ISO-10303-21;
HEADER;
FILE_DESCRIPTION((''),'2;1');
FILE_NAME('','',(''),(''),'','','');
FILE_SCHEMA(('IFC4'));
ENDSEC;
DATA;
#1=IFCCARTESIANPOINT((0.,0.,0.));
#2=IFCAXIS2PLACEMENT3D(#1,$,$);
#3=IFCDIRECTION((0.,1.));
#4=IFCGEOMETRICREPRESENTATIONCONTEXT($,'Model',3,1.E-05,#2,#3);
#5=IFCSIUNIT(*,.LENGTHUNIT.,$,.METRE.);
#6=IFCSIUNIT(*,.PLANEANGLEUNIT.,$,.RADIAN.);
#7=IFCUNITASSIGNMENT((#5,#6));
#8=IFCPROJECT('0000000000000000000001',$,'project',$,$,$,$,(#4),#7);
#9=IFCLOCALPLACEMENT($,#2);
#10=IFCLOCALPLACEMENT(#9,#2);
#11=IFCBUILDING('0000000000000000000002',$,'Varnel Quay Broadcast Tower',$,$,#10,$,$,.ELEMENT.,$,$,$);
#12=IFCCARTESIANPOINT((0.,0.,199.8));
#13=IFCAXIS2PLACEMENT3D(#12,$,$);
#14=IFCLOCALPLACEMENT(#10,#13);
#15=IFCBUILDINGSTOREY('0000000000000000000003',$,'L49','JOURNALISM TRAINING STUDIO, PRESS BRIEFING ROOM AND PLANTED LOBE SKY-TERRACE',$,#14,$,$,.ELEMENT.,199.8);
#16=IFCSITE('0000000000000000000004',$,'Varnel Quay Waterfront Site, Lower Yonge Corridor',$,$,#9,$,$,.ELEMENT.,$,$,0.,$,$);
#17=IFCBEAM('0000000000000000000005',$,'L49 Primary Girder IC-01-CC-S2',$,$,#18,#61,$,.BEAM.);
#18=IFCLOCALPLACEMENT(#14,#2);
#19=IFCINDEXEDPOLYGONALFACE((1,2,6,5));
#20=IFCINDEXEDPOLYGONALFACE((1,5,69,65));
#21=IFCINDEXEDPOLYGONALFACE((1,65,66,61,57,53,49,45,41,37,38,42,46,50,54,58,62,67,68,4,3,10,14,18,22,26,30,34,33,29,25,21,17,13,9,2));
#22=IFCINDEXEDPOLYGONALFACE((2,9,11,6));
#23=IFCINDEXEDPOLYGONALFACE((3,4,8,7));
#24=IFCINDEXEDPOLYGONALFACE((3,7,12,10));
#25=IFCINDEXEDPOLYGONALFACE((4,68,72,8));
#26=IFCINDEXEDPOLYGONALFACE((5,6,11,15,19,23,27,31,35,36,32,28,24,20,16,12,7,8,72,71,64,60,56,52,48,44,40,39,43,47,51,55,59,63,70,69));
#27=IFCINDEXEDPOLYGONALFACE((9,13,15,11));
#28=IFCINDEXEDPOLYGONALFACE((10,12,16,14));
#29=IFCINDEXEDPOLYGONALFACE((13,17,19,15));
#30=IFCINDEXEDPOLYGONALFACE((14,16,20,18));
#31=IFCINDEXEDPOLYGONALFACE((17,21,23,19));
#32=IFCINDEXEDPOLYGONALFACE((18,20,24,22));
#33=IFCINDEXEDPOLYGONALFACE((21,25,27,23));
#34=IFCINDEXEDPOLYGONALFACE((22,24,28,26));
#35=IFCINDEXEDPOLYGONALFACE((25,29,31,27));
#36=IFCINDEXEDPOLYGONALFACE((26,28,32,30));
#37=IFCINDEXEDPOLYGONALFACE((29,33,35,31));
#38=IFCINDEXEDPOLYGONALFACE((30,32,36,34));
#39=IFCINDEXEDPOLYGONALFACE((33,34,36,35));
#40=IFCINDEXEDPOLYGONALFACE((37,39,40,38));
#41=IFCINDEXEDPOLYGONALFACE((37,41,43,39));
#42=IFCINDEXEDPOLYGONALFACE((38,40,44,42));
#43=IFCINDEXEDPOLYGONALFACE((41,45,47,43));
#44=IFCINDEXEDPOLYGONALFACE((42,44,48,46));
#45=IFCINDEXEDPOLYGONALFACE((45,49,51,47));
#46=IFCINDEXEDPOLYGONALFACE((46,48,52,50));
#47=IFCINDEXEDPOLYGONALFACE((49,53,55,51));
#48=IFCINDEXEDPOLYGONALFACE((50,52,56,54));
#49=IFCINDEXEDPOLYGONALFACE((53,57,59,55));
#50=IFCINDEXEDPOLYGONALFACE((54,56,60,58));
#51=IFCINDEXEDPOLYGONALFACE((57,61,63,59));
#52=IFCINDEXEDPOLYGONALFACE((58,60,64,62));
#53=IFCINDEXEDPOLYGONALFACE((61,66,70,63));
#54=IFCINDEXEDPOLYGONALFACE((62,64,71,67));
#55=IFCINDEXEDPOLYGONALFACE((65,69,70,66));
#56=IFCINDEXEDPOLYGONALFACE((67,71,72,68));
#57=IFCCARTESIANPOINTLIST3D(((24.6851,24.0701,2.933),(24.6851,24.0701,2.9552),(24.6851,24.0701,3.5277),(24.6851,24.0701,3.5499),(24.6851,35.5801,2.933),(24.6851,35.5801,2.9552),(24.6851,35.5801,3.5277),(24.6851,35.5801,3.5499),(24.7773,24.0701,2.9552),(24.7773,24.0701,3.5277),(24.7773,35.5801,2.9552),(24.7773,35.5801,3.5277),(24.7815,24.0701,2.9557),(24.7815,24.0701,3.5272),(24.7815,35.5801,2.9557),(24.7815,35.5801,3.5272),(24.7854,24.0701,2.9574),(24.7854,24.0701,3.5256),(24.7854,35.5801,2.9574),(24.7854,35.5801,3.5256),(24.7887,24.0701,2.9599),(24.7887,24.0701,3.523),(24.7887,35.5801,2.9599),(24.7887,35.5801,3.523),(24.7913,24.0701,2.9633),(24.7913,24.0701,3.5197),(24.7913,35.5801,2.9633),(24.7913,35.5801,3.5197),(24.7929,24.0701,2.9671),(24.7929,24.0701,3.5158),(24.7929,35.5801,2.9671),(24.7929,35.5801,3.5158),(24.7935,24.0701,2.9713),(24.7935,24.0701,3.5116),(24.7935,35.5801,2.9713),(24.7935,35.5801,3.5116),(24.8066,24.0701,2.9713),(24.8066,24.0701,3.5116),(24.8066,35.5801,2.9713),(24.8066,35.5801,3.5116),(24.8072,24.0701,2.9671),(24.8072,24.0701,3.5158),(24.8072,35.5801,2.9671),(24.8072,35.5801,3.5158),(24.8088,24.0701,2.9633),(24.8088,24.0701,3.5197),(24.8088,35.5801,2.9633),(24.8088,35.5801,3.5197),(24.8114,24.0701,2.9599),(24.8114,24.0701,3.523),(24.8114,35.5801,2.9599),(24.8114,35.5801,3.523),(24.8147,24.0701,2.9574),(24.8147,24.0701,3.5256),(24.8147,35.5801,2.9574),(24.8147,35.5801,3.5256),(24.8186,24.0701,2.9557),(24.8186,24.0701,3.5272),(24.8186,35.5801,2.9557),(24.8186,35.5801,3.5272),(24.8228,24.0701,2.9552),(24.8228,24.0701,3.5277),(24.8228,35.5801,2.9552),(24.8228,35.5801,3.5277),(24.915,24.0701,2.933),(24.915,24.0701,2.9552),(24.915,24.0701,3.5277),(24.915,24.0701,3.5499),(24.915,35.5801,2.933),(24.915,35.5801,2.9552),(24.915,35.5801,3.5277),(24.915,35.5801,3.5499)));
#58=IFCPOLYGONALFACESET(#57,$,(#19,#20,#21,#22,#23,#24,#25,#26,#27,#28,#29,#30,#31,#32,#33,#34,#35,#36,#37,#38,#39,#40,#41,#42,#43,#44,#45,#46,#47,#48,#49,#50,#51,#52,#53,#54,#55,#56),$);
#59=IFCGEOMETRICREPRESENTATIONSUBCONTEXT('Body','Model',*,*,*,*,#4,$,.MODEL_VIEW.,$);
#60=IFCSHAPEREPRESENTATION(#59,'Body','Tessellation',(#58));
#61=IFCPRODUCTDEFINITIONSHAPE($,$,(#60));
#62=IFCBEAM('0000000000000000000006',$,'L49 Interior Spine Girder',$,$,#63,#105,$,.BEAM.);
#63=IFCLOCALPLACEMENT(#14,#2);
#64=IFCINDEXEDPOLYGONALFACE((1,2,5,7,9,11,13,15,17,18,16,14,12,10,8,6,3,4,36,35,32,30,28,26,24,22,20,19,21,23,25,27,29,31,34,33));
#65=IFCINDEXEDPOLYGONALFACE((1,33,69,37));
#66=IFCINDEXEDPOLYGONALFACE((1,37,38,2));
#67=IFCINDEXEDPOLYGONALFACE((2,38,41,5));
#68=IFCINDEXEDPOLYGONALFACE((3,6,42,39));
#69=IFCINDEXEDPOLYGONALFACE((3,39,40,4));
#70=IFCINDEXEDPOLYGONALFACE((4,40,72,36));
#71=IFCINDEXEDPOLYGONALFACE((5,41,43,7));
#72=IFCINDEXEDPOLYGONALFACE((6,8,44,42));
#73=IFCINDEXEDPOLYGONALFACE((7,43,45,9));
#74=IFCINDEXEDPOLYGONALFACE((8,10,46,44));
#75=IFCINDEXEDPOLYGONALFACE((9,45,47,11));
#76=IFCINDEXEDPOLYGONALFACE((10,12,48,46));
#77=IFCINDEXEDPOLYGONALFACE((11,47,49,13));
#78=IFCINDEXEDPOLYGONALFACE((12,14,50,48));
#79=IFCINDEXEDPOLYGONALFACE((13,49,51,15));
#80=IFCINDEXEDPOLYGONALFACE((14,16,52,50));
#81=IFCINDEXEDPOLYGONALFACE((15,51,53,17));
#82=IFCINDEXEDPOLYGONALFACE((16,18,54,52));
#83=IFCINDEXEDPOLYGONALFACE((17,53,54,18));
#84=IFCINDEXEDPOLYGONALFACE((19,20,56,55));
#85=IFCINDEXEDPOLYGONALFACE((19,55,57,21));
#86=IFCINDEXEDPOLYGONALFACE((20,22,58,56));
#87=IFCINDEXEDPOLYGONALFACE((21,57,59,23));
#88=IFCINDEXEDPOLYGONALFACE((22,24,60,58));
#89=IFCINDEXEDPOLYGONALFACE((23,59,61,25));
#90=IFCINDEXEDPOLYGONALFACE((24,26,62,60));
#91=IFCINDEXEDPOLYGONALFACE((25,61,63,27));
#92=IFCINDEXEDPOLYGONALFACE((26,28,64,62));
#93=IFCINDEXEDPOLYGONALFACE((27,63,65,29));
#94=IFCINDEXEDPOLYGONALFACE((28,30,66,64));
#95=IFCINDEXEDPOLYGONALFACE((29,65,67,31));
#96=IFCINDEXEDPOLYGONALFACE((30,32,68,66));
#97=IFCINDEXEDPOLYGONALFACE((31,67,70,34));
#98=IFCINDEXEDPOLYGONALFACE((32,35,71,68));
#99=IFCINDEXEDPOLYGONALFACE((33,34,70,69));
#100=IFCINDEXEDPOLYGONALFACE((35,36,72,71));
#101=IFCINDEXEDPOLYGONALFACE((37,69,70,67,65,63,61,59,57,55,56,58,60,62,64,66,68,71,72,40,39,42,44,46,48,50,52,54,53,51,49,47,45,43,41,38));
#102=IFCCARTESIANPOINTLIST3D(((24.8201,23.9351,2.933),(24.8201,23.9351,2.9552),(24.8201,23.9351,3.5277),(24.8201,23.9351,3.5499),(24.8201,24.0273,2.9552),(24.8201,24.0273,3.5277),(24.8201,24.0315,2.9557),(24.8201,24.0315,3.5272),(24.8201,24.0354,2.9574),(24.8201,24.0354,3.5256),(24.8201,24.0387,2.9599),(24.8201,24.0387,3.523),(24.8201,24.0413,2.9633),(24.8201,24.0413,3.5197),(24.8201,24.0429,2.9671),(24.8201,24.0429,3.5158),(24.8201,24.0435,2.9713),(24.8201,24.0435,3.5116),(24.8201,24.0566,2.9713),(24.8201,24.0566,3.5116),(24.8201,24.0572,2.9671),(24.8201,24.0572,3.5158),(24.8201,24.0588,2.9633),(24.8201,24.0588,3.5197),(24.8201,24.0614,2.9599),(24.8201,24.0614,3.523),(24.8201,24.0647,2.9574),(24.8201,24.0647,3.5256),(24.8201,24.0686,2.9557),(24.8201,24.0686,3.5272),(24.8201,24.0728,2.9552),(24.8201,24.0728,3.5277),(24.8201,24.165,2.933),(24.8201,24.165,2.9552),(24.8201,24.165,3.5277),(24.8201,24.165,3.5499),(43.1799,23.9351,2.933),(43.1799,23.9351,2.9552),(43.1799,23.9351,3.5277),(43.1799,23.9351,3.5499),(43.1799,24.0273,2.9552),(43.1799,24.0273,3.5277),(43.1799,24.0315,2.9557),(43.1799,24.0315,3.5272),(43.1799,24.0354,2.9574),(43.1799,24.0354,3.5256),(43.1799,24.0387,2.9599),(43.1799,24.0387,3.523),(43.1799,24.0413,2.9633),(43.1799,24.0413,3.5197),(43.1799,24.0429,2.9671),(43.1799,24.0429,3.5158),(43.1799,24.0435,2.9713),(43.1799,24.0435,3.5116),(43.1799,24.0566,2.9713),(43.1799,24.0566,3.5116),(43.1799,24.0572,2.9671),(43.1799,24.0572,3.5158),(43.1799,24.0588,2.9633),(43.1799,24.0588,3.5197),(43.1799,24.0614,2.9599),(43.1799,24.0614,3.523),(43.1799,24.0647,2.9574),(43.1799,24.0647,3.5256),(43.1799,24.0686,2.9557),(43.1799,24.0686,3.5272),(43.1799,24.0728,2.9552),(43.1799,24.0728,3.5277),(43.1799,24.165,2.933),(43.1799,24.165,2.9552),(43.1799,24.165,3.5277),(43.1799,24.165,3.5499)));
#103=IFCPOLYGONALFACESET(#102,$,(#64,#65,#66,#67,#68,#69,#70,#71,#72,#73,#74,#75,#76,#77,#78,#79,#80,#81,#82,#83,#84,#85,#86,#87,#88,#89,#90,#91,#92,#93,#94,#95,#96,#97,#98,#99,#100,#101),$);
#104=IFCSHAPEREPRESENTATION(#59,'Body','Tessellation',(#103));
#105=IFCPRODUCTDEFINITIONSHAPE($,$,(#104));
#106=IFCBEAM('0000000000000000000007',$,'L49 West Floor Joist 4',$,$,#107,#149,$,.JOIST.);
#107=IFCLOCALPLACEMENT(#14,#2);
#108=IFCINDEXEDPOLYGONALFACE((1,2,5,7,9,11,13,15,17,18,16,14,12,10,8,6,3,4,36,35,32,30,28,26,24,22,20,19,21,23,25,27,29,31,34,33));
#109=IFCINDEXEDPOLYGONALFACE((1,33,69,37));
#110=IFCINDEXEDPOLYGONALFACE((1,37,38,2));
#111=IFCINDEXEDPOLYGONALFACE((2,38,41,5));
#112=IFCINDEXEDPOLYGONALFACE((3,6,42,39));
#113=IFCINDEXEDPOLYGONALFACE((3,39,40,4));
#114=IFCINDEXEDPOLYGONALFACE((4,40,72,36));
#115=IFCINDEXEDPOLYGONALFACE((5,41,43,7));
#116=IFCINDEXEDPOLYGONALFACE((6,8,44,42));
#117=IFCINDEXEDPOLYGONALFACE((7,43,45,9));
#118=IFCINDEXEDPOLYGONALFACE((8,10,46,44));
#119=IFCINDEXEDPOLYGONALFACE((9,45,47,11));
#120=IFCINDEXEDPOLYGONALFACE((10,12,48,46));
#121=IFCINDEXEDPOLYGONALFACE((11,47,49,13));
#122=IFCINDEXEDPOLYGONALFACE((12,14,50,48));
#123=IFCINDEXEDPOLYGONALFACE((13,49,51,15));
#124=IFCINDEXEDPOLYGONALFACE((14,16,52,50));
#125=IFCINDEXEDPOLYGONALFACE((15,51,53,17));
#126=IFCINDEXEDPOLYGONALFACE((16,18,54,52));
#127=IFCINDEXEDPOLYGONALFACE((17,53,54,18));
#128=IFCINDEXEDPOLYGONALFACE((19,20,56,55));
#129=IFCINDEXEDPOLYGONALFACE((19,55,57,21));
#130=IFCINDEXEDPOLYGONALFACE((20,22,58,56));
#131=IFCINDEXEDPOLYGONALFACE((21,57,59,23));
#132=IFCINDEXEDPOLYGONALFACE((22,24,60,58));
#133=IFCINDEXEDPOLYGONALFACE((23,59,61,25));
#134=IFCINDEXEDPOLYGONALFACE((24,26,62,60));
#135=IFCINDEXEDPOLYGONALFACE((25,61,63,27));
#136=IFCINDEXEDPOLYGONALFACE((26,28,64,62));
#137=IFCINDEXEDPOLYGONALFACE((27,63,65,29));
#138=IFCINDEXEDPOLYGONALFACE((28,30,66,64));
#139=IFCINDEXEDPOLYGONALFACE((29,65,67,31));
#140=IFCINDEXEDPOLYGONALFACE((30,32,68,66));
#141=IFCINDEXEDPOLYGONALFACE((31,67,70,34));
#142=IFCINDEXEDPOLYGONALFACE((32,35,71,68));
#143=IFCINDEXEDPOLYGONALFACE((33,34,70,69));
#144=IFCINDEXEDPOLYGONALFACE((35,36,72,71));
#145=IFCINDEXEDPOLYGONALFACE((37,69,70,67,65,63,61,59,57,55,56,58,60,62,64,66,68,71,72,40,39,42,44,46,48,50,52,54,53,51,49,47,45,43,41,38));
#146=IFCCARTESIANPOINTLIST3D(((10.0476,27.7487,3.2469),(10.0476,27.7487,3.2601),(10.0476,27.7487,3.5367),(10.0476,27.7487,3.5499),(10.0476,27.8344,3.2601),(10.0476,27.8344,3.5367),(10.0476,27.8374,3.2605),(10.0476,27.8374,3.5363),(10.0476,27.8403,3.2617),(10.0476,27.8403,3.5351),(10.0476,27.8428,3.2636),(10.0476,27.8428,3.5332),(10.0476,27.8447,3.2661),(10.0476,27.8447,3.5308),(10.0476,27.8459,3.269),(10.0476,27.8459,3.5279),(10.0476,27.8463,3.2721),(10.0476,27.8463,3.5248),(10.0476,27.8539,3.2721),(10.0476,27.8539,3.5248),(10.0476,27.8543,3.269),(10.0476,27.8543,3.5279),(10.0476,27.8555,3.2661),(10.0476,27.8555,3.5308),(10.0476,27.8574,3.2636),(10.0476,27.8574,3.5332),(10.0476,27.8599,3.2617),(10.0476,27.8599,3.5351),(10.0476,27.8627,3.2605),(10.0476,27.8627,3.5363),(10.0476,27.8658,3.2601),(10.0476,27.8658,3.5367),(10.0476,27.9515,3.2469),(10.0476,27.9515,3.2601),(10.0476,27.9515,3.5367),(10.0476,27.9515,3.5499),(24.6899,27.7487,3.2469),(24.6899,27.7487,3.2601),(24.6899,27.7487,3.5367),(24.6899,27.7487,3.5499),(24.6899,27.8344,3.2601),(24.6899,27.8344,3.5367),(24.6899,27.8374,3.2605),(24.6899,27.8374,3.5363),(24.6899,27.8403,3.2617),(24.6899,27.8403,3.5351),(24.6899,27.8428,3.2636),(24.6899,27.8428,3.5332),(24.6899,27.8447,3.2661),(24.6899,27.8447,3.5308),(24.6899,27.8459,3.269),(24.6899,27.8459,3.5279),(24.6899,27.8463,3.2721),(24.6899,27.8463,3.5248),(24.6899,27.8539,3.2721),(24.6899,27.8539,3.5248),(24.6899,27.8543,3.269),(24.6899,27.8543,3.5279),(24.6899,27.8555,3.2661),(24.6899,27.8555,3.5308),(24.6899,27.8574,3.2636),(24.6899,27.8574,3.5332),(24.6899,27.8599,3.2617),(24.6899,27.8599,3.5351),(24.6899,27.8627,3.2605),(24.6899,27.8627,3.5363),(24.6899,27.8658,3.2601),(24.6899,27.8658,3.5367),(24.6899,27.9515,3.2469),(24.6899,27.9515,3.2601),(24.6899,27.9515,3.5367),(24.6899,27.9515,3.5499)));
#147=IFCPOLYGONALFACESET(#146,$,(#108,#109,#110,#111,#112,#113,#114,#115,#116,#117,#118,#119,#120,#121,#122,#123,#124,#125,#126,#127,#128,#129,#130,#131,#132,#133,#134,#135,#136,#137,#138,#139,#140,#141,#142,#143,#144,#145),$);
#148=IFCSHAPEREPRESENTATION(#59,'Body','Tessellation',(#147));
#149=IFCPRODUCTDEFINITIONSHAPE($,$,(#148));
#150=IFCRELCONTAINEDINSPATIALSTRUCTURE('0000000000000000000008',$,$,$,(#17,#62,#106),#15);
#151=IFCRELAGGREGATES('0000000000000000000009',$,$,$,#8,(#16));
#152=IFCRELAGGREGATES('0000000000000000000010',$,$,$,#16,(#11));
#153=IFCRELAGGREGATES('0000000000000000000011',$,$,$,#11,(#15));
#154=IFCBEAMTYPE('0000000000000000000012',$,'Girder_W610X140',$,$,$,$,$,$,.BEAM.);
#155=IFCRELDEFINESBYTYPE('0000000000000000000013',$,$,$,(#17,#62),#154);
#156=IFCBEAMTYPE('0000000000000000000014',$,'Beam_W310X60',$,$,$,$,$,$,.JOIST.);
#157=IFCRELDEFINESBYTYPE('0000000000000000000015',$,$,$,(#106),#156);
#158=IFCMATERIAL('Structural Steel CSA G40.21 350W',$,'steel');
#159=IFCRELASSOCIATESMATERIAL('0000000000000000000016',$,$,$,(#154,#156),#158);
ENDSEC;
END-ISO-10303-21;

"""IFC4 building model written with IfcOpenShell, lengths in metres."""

from ifc_helpers import new_model, si_unit, direction, frame, origin, origin_2d, place, context, subcontext, project, spatial, i_section, extrude, source, transform, mapped, material, material_profile, profile_set, type_object, type_shapes, element, save


model = new_model("IFC4")

# Units and contexts
model_context = context("Model", 3, precision=1e-05, world=origin(), true_north=direction((0.0, 1.0)))
body_context = subcontext(model_context, "Body", "Model", "MODEL_VIEW")
ifc_project = project(units=[si_unit("LENGTHUNIT", "METRE"), si_unit("PLANEANGLEUNIT", "RADIAN")], contexts=[model_context])

# Site, building, storey
site_placement = place(None, origin())
site = spatial("IfcSite", under=ifc_project, at=site_placement, Name="Varnel Quay Waterfront Site, Lower Yonge Corridor", CompositionType="ELEMENT", RefElevation=0.0)
building_placement = place(site_placement, origin())
building = spatial("IfcBuilding", under=site, at=building_placement, Name="Varnel Quay Broadcast Tower", CompositionType="ELEMENT")
storey_placement = place(building_placement, frame((0.0, 0.0, 199.8)))
storey = spatial("IfcBuildingStorey", under=building, at=storey_placement, Name="L49", Description="JOURNALISM TRAINING STUDIO, PRESS BRIEFING ROOM AND PLANTED LOBE SKY-TERRACE", CompositionType="ELEMENT", Elevation=199.8)

# Shared definitions
ifc_material_1 = material(Name="Structural Steel CSA G40.21 350W", Category="steel")

# Beams
ifc_material_profile_1 = material_profile(ifc_material_1, i_section(OverallWidth=0.23, OverallDepth=0.6169, WebThickness=0.0132, FlangeThickness=0.0222, FilletRadius=0.0161, at=origin_2d()), Name="W610X140")
ifc_profile_set_1 = profile_set([ifc_material_profile_1], Name="Structural Steel CSA G40.21 350W")
beam_type_1 = type_object("IfcBeamType", Name="Girder_W610X140", PredefinedType="BEAM", material=ifc_profile_set_1)
shared_shape_1 = source(origin(), body_context, "Body", "SweptSolid", [
    extrude(i_section(OverallWidth=0.23, OverallDepth=0.6169, WebThickness=0.0132, FlangeThickness=0.0222, FilletRadius=0.0161, at=origin_2d()), origin(), (0.0, 0.0, 1.0), 11.51),
])
beam_1_placement = place(storey_placement, frame((24.8, 24.0701, 3.2415), z_axis=(0.0, 1.0, 0.0), x_axis=(-1.0, 0.0, 0.0)))
element("IfcBeam", 1, at=beam_1_placement, inside=storey, type_object=beam_type_1, Name="L49 Primary Girder IC-01-CC-S2", PredefinedType="BEAM", context=body_context, shape_type="MappedRepresentation", body=[
    mapped(shared_shape_1, transform((0.0, 0.0, 0.0), x_axis=(1.0, 0.0, 0.0), y_axis=(0.0, 1.0, 0.0), z_axis=(0.0, 0.0, 1.0), scale=1.0)),
])
shared_shape_2 = source(origin(), body_context, "Body", "SweptSolid", [
    extrude(i_section(OverallWidth=0.23, OverallDepth=0.6169, WebThickness=0.0132, FlangeThickness=0.0222, FilletRadius=0.0161, at=origin_2d()), origin(), (0.0, 0.0, 1.0), 18.3599),
])
type_shapes(beam_type_1, [shared_shape_1, shared_shape_2])
beam_2_placement = place(storey_placement, frame((24.8201, 24.05, 3.2415), z_axis=(1.0, 0.0, 0.0), x_axis=(0.0, 1.0, 0.0)))
element("IfcBeam", 2, at=beam_2_placement, inside=storey, type_object=beam_type_1, Name="L49 Interior Spine Girder", PredefinedType="BEAM", context=body_context, shape_type="MappedRepresentation", body=[
    mapped(shared_shape_2, transform((0.0, 0.0, 0.0), x_axis=(1.0, 0.0, 0.0), y_axis=(0.0, 1.0, 0.0), z_axis=(0.0, 0.0, 1.0), scale=1.0)),
])
ifc_material_profile_2 = material_profile(ifc_material_1, i_section(OverallWidth=0.2029, OverallDepth=0.303, WebThickness=0.0076, FlangeThickness=0.0132, FilletRadius=0.012, at=origin_2d()), Name="W310X60")
ifc_profile_set_2 = profile_set([ifc_material_profile_2], Name="Structural Steel CSA G40.21 350W")
beam_type_2 = type_object("IfcBeamType", Name="Beam_W310X60", PredefinedType="JOIST", material=ifc_profile_set_2)
shared_shape_3 = source(origin(), body_context, "Body", "SweptSolid", [
    extrude(i_section(OverallWidth=0.2029, OverallDepth=0.303, WebThickness=0.0076, FlangeThickness=0.0132, FilletRadius=0.012, at=origin_2d()), origin(), (0.0, 0.0, 1.0), 14.6423),
])
beam_3_placement = place(storey_placement, frame((10.0476, 27.8501, 3.3984), z_axis=(1.0, 0.0, 0.0), x_axis=(0.0, 1.0, 0.0)))
element("IfcBeam", 3, at=beam_3_placement, inside=storey, type_object=beam_type_2, Name="L49 West Floor Joist 4", PredefinedType="JOIST", context=body_context, shape_type="MappedRepresentation", body=[
    mapped(shared_shape_3, transform((0.0, 0.0, 0.0), x_axis=(1.0, 0.0, 0.0), y_axis=(0.0, 1.0, 0.0), z_axis=(0.0, 0.0, 1.0), scale=1.0)),
])

save(model, "model.ifc")
